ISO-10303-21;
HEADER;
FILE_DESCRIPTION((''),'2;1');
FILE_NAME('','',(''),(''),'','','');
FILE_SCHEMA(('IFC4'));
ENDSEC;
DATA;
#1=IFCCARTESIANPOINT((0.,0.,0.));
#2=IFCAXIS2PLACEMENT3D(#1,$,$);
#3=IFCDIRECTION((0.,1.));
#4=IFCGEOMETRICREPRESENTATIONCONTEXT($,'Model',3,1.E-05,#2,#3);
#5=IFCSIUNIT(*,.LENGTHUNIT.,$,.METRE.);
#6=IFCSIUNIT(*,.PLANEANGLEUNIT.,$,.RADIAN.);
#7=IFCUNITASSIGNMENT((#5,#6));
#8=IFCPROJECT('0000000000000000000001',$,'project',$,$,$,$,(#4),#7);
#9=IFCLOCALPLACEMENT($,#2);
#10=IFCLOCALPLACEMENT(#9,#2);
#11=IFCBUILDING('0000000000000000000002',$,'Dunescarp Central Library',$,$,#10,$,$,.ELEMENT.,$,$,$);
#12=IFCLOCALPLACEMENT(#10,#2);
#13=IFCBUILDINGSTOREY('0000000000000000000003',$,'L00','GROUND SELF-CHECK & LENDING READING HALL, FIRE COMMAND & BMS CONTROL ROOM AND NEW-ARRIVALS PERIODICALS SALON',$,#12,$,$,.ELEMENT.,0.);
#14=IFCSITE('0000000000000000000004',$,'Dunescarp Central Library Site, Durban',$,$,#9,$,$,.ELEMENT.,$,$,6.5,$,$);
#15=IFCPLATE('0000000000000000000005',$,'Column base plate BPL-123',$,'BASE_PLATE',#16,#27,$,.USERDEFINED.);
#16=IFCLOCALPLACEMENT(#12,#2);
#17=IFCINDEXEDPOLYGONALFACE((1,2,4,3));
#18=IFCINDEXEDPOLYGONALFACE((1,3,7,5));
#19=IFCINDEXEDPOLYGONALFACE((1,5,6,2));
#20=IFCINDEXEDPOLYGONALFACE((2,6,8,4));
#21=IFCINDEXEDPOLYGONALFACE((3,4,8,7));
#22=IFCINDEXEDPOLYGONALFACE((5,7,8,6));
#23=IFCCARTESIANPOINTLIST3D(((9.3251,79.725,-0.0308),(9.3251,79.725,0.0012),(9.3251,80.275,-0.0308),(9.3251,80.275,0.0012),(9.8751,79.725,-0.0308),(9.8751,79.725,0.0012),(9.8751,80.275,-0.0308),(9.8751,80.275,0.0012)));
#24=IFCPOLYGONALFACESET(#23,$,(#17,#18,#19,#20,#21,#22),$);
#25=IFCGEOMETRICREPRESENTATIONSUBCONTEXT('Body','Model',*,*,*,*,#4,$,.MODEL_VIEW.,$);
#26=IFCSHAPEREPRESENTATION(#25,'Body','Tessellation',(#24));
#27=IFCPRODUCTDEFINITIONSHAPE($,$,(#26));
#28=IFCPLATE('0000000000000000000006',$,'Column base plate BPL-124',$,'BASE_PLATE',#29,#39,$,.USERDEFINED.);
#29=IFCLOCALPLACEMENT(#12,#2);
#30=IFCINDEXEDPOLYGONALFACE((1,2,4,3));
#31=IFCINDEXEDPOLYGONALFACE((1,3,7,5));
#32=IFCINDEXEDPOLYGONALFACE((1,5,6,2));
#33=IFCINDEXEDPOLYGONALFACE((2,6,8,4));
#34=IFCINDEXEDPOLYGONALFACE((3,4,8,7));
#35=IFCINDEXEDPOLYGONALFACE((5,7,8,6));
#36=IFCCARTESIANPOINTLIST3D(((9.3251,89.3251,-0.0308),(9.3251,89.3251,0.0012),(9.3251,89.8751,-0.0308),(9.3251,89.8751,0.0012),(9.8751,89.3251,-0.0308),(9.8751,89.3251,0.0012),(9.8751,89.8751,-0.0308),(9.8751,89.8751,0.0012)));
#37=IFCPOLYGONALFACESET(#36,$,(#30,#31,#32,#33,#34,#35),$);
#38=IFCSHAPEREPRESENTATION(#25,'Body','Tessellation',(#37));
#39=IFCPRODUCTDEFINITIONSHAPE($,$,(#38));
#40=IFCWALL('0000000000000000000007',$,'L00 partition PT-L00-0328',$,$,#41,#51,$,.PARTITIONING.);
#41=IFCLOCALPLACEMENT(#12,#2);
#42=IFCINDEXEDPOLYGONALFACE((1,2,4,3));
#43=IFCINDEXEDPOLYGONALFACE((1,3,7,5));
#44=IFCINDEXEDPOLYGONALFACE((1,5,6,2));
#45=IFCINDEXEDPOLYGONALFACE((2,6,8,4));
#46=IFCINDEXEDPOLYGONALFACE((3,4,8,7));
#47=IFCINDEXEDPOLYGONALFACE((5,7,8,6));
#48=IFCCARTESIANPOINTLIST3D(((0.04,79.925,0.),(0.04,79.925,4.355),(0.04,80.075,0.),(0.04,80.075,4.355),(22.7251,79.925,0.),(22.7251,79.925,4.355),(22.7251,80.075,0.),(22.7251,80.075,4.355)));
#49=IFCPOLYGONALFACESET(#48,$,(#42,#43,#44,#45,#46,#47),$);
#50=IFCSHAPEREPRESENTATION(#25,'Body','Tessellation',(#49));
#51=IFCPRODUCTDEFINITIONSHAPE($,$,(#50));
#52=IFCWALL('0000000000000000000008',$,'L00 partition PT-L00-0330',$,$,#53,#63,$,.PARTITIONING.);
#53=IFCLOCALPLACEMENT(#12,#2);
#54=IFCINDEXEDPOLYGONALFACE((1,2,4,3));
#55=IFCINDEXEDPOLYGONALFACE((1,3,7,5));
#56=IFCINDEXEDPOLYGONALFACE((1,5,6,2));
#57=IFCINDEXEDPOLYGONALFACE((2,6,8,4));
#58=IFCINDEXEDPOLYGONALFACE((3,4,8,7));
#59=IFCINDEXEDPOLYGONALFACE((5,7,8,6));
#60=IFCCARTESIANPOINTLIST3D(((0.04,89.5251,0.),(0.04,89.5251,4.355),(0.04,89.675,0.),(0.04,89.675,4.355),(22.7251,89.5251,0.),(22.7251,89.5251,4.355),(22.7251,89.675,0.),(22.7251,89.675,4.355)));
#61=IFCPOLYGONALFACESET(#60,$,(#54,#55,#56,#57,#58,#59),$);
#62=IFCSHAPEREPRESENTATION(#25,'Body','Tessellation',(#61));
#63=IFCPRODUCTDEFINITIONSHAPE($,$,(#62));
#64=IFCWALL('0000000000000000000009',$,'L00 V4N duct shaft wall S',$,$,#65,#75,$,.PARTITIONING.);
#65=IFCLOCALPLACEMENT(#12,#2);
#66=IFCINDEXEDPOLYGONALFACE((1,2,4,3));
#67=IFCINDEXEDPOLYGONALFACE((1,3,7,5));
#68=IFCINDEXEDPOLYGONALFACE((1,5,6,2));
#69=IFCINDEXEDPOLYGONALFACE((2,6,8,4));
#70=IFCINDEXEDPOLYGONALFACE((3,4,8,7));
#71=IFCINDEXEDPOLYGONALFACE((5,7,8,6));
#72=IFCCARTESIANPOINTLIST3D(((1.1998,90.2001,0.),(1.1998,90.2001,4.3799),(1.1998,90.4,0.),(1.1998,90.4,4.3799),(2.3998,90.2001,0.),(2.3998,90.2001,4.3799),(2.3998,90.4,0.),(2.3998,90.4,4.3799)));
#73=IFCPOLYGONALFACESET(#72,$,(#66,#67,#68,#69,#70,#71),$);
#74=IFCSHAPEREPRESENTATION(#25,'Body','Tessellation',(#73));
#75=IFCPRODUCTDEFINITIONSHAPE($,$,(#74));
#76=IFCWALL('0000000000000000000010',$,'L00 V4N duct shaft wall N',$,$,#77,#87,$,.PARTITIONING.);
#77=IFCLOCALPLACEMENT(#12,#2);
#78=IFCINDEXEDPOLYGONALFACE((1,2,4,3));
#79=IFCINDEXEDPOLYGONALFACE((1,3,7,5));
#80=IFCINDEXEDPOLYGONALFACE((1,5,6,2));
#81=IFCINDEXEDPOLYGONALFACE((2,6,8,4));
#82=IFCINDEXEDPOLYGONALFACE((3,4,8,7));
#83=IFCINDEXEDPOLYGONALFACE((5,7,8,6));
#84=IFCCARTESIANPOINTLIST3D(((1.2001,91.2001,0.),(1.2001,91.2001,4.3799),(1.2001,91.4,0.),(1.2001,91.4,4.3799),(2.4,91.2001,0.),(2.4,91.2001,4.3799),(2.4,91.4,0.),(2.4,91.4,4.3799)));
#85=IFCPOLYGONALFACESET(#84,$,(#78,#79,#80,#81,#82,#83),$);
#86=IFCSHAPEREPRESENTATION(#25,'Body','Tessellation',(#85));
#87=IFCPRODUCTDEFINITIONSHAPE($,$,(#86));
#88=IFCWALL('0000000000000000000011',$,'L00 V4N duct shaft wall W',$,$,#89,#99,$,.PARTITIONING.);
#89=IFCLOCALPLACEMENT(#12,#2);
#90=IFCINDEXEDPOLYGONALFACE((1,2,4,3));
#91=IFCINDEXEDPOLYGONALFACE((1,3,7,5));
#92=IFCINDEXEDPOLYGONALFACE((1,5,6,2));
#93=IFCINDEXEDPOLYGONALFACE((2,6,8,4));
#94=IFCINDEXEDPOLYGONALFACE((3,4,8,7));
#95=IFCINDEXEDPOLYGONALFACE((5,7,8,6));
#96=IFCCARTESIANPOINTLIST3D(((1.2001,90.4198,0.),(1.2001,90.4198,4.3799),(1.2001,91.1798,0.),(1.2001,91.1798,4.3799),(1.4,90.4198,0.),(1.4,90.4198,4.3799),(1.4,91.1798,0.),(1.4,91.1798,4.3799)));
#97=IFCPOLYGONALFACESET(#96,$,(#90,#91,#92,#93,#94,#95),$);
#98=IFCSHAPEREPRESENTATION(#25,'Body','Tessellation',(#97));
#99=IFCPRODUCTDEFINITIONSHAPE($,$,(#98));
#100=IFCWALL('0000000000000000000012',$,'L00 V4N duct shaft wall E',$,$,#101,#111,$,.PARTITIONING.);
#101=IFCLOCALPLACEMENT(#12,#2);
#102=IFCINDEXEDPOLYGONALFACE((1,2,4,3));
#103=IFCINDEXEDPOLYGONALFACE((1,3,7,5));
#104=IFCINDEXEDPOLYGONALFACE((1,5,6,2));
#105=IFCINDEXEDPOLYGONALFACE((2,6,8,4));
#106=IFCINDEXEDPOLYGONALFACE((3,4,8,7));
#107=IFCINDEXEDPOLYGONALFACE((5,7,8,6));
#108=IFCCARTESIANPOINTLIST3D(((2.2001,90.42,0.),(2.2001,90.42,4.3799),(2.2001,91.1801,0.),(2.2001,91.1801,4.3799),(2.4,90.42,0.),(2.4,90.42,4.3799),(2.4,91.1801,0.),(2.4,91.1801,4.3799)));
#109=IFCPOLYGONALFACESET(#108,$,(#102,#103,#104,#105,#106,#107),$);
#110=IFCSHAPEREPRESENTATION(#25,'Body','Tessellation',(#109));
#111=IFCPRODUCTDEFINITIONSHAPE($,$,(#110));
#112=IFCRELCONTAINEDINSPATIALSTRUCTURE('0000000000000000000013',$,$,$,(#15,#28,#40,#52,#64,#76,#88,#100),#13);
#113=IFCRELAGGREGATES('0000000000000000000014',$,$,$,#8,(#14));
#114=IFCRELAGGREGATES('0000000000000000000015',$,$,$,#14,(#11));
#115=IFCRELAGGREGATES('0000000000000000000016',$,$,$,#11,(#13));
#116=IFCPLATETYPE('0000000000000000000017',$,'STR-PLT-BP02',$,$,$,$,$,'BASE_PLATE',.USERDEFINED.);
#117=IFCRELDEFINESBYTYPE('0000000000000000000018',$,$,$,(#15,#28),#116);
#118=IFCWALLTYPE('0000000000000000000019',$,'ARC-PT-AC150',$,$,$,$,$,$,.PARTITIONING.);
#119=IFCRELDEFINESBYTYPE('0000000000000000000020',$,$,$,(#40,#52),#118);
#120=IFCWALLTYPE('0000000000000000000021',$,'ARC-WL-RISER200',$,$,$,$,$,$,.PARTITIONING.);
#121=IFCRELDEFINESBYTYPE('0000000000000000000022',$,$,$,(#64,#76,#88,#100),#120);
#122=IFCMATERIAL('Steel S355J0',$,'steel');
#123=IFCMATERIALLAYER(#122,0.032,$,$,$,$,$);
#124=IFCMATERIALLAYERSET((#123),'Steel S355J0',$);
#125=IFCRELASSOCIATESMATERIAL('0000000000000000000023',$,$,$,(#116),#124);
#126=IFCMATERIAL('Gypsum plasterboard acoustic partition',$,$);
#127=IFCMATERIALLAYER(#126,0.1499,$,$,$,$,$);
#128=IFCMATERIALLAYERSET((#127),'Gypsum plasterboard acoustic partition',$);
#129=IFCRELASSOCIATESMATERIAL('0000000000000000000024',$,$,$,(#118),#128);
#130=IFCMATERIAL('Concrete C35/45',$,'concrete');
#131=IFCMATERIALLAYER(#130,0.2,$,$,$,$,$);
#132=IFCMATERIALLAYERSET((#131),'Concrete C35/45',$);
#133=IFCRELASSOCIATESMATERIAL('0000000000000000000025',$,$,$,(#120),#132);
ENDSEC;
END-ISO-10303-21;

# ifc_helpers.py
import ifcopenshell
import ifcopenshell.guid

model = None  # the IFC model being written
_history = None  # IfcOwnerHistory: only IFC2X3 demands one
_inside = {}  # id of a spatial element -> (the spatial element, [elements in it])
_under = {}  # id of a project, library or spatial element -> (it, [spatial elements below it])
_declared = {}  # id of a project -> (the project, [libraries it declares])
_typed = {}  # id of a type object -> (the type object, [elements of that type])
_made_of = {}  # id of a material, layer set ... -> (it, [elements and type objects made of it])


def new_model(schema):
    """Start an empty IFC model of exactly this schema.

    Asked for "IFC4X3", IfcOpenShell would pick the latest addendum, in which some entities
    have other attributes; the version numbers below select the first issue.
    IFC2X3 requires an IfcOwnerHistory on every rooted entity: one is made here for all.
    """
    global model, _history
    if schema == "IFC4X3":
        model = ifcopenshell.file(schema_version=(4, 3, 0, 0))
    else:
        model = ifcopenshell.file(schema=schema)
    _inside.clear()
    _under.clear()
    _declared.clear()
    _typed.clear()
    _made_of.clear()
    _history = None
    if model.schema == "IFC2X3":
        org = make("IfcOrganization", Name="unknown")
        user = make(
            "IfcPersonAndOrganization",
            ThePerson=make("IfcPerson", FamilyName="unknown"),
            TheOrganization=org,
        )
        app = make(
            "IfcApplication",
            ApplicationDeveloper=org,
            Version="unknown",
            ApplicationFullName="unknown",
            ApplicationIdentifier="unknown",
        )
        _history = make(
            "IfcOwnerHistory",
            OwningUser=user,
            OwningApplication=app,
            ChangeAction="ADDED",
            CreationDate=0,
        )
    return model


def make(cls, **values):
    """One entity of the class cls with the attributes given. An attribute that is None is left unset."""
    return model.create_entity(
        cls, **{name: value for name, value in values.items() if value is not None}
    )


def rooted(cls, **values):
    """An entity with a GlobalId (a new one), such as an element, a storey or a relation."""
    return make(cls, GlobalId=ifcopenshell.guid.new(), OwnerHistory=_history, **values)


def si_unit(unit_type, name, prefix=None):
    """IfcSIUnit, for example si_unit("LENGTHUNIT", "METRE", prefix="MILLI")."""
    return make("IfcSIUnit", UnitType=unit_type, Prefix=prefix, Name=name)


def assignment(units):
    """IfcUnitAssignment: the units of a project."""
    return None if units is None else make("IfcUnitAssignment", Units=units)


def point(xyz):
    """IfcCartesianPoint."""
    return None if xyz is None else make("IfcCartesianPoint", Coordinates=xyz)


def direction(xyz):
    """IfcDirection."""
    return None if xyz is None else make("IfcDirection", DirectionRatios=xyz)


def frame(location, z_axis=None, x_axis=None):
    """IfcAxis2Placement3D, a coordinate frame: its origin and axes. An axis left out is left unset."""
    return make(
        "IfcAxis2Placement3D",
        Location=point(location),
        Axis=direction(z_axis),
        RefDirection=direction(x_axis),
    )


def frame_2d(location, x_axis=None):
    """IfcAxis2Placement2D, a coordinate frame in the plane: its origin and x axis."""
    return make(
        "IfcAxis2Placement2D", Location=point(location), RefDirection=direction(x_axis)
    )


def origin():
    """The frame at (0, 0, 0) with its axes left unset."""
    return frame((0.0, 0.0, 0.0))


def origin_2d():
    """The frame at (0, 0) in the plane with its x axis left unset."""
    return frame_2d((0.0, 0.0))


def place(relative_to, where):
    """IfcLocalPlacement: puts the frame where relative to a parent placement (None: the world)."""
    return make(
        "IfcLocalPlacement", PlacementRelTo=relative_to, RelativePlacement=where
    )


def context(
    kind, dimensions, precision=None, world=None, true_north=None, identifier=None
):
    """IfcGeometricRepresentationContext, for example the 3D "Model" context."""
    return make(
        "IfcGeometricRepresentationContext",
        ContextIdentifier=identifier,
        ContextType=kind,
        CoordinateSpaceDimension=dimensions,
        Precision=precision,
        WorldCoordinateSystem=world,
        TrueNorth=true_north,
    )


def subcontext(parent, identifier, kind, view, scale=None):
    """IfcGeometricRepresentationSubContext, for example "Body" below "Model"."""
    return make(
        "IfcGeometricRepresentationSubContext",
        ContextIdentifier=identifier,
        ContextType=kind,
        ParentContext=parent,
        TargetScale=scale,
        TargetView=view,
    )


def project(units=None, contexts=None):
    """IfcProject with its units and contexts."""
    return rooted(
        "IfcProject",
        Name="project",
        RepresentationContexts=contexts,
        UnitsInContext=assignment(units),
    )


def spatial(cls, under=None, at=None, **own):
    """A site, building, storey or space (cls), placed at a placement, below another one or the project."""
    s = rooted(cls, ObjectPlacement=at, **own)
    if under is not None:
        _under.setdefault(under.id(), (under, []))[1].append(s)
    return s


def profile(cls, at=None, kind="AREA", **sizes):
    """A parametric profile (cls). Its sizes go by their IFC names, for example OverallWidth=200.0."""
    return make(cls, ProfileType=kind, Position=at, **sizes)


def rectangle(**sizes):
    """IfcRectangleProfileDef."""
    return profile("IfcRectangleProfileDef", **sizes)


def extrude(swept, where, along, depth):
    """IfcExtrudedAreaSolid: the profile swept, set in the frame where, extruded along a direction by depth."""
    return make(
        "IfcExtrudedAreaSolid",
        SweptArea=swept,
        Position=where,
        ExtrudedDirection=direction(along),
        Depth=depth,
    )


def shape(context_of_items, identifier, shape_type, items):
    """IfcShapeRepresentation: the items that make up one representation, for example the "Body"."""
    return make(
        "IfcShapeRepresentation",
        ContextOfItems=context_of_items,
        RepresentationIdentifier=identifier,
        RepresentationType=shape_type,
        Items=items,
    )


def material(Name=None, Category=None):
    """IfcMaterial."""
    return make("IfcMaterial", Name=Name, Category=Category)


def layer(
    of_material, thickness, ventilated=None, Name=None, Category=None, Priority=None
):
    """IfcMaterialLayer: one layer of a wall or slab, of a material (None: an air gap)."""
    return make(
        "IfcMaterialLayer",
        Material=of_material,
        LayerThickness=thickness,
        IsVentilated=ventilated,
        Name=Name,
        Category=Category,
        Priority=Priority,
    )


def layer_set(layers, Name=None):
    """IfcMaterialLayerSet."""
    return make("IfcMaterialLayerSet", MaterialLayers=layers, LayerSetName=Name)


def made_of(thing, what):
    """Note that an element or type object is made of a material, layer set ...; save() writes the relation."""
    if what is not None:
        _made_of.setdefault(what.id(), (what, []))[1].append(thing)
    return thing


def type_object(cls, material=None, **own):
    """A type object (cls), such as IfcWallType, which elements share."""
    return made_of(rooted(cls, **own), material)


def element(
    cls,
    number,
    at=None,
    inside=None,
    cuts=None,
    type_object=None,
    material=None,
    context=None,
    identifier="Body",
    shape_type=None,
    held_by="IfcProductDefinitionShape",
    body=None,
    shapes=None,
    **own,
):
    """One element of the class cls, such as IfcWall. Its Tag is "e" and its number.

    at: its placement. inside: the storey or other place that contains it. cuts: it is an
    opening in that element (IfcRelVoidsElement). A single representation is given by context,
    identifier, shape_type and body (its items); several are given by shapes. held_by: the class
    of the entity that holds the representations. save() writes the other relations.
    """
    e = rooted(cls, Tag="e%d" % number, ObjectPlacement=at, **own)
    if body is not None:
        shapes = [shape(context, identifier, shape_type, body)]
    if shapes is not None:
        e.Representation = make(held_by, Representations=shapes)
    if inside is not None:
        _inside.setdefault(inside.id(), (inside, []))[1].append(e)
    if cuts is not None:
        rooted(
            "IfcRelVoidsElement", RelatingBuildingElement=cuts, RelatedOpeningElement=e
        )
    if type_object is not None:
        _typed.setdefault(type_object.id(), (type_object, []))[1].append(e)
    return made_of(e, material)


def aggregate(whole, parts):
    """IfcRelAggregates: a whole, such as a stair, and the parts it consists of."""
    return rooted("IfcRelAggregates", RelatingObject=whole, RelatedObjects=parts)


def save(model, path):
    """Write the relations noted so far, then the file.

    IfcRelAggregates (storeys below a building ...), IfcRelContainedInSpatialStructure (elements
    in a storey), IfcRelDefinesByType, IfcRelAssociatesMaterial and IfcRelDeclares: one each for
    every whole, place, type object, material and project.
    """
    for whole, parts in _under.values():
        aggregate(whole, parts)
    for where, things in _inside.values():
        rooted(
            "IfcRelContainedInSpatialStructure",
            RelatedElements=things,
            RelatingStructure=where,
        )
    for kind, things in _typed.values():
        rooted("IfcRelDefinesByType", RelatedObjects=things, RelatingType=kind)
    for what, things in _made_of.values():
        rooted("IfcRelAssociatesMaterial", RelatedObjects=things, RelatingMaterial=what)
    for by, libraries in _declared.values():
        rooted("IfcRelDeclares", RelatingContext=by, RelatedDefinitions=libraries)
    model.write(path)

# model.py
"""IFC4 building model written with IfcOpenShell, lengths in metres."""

from ifc_helpers import new_model, si_unit, direction, frame, frame_2d, origin, origin_2d, place, context, subcontext, project, spatial, rectangle, extrude, material, layer, layer_set, type_object, element, save


model = new_model("IFC4")

# Units and contexts
model_context = context("Model", 3, precision=1e-05, world=origin(), true_north=direction((0.0, 1.0)))
body_context = subcontext(model_context, "Body", "Model", "MODEL_VIEW")
ifc_project = project(units=[si_unit("LENGTHUNIT", "METRE"), si_unit("PLANEANGLEUNIT", "RADIAN")], contexts=[model_context])

# Site, building, storey
site_placement = place(None, origin())
site = spatial("IfcSite", under=ifc_project, at=site_placement, Name="Dunescarp Central Library Site, Durban", CompositionType="ELEMENT", RefElevation=6.5)
building_placement = place(site_placement, origin())
building = spatial("IfcBuilding", under=site, at=building_placement, Name="Dunescarp Central Library", CompositionType="ELEMENT")
storey_placement = place(building_placement, origin())
storey = spatial("IfcBuildingStorey", under=building, at=storey_placement, Name="L00", Description="GROUND SELF-CHECK & LENDING READING HALL, FIRE COMMAND & BMS CONTROL ROOM AND NEW-ARRIVALS PERIODICALS SALON", CompositionType="ELEMENT", Elevation=0.0)

# Shared definitions
ifc_material_1 = material(Name="Concrete C35/45", Category="concrete")

# Plates
ifc_material_2 = material(Name="Steel S355J0", Category="steel")
ifc_layer_1 = layer(ifc_material_2, 0.032)
ifc_layer_set_1 = layer_set([ifc_layer_1], Name="Steel S355J0")
plate_type_1 = type_object("IfcPlateType", Name="STR-PLT-BP02", ElementType="BASE_PLATE", PredefinedType="USERDEFINED", material=ifc_layer_set_1)
for number, where, z_axis, x_axis, name in (
    (1, (9.6001, 80.0, -0.0308), (0.0, 0.0, 1.0), (1.0, 0.0, 0.0), "Column base plate BPL-123"),
    (2, (9.6001, 89.6001, -0.0308), (0.0, 0.0, 1.0), (1.0, 0.0, 0.0), "Column base plate BPL-124"),
):
    element("IfcPlate", number, at=place(storey_placement, frame(where, z_axis=z_axis, x_axis=x_axis)), inside=storey, type_object=plate_type_1, Name=name, ObjectType="BASE_PLATE", PredefinedType="USERDEFINED", context=body_context, shape_type="SweptSolid", body=[
        extrude(rectangle(XDim=0.55, YDim=0.55, at=origin_2d()), origin(), (0.0, 0.0, 1.0), 0.032),
    ])

# Walls
ifc_material_3 = material(Name="Gypsum plasterboard acoustic partition")
ifc_layer_2 = layer(ifc_material_3, 0.1499)
ifc_layer_set_2 = layer_set([ifc_layer_2], Name="Gypsum plasterboard acoustic partition")
wall_type_1 = type_object("IfcWallType", Name="ARC-PT-AC150", PredefinedType="PARTITIONING", material=ifc_layer_set_2)
for number, where, z_axis, x_axis, name in (
    (3, (0.04, 80.0, 0.0), (0.0, 0.0, 1.0), (1.0, 0.0, 0.0), "L00 partition PT-L00-0328"),
    (4, (0.04, 89.6001, 0.0), (0.0, 0.0, 1.0), (1.0, 0.0, 0.0), "L00 partition PT-L00-0330"),
):
    element("IfcWall", number, at=place(storey_placement, frame(where, z_axis=z_axis, x_axis=x_axis)), inside=storey, type_object=wall_type_1, Name=name, PredefinedType="PARTITIONING", context=body_context, shape_type="SweptSolid", body=[
        extrude(rectangle(XDim=22.6851, YDim=0.1499, at=frame_2d((11.3425, 0.0))), origin(), (0.0, 0.0, 1.0), 4.355),
    ])
ifc_layer_3 = layer(ifc_material_1, 0.2)
ifc_layer_set_3 = layer_set([ifc_layer_3], Name="Concrete C35/45")
wall_type_2 = type_object("IfcWallType", Name="ARC-WL-RISER200", PredefinedType="PARTITIONING", material=ifc_layer_set_3)
for number, where, z_axis, x_axis, name in (
    (5, (2.3999, 90.3, 0.0), (0.0, 0.0, 1.0), (-1.0, 0.0, 0.0), "L00 V4N duct shaft wall S"),
    (6, (1.2, 91.3, 0.0), (0.0, 0.0, 1.0), (1.0, 0.0, 0.0), "L00 V4N duct shaft wall N"),
):
    element("IfcWall", number, at=place(storey_placement, frame(where, z_axis=z_axis, x_axis=x_axis)), inside=storey, type_object=wall_type_2, Name=name, PredefinedType="PARTITIONING", context=body_context, shape_type="SweptSolid", body=[
        extrude(rectangle(XDim=1.2, YDim=0.2, at=frame_2d((0.6001, 0.0))), origin(), (0.0, 0.0, 1.0), 4.3799),
    ])
for number, where, z_axis, x_axis, name in (
    (7, (1.3, 90.4199, 0.0), (0.0, 0.0, 1.0), (0.0, 1.0, 0.0), "L00 V4N duct shaft wall W"),
    (8, (2.3, 91.1799, 0.0), (0.0, 0.0, 1.0), (0.0, -1.0, 0.0), "L00 V4N duct shaft wall E"),
):
    element("IfcWall", number, at=place(storey_placement, frame(where, z_axis=z_axis, x_axis=x_axis)), inside=storey, type_object=wall_type_2, Name=name, PredefinedType="PARTITIONING", context=body_context, shape_type="SweptSolid", body=[
        extrude(rectangle(XDim=0.76, YDim=0.2, at=frame_2d((0.3799, 0.0))), origin(), (0.0, 0.0, 1.0), 4.3799),
    ])

save(model, "model.ifc")
